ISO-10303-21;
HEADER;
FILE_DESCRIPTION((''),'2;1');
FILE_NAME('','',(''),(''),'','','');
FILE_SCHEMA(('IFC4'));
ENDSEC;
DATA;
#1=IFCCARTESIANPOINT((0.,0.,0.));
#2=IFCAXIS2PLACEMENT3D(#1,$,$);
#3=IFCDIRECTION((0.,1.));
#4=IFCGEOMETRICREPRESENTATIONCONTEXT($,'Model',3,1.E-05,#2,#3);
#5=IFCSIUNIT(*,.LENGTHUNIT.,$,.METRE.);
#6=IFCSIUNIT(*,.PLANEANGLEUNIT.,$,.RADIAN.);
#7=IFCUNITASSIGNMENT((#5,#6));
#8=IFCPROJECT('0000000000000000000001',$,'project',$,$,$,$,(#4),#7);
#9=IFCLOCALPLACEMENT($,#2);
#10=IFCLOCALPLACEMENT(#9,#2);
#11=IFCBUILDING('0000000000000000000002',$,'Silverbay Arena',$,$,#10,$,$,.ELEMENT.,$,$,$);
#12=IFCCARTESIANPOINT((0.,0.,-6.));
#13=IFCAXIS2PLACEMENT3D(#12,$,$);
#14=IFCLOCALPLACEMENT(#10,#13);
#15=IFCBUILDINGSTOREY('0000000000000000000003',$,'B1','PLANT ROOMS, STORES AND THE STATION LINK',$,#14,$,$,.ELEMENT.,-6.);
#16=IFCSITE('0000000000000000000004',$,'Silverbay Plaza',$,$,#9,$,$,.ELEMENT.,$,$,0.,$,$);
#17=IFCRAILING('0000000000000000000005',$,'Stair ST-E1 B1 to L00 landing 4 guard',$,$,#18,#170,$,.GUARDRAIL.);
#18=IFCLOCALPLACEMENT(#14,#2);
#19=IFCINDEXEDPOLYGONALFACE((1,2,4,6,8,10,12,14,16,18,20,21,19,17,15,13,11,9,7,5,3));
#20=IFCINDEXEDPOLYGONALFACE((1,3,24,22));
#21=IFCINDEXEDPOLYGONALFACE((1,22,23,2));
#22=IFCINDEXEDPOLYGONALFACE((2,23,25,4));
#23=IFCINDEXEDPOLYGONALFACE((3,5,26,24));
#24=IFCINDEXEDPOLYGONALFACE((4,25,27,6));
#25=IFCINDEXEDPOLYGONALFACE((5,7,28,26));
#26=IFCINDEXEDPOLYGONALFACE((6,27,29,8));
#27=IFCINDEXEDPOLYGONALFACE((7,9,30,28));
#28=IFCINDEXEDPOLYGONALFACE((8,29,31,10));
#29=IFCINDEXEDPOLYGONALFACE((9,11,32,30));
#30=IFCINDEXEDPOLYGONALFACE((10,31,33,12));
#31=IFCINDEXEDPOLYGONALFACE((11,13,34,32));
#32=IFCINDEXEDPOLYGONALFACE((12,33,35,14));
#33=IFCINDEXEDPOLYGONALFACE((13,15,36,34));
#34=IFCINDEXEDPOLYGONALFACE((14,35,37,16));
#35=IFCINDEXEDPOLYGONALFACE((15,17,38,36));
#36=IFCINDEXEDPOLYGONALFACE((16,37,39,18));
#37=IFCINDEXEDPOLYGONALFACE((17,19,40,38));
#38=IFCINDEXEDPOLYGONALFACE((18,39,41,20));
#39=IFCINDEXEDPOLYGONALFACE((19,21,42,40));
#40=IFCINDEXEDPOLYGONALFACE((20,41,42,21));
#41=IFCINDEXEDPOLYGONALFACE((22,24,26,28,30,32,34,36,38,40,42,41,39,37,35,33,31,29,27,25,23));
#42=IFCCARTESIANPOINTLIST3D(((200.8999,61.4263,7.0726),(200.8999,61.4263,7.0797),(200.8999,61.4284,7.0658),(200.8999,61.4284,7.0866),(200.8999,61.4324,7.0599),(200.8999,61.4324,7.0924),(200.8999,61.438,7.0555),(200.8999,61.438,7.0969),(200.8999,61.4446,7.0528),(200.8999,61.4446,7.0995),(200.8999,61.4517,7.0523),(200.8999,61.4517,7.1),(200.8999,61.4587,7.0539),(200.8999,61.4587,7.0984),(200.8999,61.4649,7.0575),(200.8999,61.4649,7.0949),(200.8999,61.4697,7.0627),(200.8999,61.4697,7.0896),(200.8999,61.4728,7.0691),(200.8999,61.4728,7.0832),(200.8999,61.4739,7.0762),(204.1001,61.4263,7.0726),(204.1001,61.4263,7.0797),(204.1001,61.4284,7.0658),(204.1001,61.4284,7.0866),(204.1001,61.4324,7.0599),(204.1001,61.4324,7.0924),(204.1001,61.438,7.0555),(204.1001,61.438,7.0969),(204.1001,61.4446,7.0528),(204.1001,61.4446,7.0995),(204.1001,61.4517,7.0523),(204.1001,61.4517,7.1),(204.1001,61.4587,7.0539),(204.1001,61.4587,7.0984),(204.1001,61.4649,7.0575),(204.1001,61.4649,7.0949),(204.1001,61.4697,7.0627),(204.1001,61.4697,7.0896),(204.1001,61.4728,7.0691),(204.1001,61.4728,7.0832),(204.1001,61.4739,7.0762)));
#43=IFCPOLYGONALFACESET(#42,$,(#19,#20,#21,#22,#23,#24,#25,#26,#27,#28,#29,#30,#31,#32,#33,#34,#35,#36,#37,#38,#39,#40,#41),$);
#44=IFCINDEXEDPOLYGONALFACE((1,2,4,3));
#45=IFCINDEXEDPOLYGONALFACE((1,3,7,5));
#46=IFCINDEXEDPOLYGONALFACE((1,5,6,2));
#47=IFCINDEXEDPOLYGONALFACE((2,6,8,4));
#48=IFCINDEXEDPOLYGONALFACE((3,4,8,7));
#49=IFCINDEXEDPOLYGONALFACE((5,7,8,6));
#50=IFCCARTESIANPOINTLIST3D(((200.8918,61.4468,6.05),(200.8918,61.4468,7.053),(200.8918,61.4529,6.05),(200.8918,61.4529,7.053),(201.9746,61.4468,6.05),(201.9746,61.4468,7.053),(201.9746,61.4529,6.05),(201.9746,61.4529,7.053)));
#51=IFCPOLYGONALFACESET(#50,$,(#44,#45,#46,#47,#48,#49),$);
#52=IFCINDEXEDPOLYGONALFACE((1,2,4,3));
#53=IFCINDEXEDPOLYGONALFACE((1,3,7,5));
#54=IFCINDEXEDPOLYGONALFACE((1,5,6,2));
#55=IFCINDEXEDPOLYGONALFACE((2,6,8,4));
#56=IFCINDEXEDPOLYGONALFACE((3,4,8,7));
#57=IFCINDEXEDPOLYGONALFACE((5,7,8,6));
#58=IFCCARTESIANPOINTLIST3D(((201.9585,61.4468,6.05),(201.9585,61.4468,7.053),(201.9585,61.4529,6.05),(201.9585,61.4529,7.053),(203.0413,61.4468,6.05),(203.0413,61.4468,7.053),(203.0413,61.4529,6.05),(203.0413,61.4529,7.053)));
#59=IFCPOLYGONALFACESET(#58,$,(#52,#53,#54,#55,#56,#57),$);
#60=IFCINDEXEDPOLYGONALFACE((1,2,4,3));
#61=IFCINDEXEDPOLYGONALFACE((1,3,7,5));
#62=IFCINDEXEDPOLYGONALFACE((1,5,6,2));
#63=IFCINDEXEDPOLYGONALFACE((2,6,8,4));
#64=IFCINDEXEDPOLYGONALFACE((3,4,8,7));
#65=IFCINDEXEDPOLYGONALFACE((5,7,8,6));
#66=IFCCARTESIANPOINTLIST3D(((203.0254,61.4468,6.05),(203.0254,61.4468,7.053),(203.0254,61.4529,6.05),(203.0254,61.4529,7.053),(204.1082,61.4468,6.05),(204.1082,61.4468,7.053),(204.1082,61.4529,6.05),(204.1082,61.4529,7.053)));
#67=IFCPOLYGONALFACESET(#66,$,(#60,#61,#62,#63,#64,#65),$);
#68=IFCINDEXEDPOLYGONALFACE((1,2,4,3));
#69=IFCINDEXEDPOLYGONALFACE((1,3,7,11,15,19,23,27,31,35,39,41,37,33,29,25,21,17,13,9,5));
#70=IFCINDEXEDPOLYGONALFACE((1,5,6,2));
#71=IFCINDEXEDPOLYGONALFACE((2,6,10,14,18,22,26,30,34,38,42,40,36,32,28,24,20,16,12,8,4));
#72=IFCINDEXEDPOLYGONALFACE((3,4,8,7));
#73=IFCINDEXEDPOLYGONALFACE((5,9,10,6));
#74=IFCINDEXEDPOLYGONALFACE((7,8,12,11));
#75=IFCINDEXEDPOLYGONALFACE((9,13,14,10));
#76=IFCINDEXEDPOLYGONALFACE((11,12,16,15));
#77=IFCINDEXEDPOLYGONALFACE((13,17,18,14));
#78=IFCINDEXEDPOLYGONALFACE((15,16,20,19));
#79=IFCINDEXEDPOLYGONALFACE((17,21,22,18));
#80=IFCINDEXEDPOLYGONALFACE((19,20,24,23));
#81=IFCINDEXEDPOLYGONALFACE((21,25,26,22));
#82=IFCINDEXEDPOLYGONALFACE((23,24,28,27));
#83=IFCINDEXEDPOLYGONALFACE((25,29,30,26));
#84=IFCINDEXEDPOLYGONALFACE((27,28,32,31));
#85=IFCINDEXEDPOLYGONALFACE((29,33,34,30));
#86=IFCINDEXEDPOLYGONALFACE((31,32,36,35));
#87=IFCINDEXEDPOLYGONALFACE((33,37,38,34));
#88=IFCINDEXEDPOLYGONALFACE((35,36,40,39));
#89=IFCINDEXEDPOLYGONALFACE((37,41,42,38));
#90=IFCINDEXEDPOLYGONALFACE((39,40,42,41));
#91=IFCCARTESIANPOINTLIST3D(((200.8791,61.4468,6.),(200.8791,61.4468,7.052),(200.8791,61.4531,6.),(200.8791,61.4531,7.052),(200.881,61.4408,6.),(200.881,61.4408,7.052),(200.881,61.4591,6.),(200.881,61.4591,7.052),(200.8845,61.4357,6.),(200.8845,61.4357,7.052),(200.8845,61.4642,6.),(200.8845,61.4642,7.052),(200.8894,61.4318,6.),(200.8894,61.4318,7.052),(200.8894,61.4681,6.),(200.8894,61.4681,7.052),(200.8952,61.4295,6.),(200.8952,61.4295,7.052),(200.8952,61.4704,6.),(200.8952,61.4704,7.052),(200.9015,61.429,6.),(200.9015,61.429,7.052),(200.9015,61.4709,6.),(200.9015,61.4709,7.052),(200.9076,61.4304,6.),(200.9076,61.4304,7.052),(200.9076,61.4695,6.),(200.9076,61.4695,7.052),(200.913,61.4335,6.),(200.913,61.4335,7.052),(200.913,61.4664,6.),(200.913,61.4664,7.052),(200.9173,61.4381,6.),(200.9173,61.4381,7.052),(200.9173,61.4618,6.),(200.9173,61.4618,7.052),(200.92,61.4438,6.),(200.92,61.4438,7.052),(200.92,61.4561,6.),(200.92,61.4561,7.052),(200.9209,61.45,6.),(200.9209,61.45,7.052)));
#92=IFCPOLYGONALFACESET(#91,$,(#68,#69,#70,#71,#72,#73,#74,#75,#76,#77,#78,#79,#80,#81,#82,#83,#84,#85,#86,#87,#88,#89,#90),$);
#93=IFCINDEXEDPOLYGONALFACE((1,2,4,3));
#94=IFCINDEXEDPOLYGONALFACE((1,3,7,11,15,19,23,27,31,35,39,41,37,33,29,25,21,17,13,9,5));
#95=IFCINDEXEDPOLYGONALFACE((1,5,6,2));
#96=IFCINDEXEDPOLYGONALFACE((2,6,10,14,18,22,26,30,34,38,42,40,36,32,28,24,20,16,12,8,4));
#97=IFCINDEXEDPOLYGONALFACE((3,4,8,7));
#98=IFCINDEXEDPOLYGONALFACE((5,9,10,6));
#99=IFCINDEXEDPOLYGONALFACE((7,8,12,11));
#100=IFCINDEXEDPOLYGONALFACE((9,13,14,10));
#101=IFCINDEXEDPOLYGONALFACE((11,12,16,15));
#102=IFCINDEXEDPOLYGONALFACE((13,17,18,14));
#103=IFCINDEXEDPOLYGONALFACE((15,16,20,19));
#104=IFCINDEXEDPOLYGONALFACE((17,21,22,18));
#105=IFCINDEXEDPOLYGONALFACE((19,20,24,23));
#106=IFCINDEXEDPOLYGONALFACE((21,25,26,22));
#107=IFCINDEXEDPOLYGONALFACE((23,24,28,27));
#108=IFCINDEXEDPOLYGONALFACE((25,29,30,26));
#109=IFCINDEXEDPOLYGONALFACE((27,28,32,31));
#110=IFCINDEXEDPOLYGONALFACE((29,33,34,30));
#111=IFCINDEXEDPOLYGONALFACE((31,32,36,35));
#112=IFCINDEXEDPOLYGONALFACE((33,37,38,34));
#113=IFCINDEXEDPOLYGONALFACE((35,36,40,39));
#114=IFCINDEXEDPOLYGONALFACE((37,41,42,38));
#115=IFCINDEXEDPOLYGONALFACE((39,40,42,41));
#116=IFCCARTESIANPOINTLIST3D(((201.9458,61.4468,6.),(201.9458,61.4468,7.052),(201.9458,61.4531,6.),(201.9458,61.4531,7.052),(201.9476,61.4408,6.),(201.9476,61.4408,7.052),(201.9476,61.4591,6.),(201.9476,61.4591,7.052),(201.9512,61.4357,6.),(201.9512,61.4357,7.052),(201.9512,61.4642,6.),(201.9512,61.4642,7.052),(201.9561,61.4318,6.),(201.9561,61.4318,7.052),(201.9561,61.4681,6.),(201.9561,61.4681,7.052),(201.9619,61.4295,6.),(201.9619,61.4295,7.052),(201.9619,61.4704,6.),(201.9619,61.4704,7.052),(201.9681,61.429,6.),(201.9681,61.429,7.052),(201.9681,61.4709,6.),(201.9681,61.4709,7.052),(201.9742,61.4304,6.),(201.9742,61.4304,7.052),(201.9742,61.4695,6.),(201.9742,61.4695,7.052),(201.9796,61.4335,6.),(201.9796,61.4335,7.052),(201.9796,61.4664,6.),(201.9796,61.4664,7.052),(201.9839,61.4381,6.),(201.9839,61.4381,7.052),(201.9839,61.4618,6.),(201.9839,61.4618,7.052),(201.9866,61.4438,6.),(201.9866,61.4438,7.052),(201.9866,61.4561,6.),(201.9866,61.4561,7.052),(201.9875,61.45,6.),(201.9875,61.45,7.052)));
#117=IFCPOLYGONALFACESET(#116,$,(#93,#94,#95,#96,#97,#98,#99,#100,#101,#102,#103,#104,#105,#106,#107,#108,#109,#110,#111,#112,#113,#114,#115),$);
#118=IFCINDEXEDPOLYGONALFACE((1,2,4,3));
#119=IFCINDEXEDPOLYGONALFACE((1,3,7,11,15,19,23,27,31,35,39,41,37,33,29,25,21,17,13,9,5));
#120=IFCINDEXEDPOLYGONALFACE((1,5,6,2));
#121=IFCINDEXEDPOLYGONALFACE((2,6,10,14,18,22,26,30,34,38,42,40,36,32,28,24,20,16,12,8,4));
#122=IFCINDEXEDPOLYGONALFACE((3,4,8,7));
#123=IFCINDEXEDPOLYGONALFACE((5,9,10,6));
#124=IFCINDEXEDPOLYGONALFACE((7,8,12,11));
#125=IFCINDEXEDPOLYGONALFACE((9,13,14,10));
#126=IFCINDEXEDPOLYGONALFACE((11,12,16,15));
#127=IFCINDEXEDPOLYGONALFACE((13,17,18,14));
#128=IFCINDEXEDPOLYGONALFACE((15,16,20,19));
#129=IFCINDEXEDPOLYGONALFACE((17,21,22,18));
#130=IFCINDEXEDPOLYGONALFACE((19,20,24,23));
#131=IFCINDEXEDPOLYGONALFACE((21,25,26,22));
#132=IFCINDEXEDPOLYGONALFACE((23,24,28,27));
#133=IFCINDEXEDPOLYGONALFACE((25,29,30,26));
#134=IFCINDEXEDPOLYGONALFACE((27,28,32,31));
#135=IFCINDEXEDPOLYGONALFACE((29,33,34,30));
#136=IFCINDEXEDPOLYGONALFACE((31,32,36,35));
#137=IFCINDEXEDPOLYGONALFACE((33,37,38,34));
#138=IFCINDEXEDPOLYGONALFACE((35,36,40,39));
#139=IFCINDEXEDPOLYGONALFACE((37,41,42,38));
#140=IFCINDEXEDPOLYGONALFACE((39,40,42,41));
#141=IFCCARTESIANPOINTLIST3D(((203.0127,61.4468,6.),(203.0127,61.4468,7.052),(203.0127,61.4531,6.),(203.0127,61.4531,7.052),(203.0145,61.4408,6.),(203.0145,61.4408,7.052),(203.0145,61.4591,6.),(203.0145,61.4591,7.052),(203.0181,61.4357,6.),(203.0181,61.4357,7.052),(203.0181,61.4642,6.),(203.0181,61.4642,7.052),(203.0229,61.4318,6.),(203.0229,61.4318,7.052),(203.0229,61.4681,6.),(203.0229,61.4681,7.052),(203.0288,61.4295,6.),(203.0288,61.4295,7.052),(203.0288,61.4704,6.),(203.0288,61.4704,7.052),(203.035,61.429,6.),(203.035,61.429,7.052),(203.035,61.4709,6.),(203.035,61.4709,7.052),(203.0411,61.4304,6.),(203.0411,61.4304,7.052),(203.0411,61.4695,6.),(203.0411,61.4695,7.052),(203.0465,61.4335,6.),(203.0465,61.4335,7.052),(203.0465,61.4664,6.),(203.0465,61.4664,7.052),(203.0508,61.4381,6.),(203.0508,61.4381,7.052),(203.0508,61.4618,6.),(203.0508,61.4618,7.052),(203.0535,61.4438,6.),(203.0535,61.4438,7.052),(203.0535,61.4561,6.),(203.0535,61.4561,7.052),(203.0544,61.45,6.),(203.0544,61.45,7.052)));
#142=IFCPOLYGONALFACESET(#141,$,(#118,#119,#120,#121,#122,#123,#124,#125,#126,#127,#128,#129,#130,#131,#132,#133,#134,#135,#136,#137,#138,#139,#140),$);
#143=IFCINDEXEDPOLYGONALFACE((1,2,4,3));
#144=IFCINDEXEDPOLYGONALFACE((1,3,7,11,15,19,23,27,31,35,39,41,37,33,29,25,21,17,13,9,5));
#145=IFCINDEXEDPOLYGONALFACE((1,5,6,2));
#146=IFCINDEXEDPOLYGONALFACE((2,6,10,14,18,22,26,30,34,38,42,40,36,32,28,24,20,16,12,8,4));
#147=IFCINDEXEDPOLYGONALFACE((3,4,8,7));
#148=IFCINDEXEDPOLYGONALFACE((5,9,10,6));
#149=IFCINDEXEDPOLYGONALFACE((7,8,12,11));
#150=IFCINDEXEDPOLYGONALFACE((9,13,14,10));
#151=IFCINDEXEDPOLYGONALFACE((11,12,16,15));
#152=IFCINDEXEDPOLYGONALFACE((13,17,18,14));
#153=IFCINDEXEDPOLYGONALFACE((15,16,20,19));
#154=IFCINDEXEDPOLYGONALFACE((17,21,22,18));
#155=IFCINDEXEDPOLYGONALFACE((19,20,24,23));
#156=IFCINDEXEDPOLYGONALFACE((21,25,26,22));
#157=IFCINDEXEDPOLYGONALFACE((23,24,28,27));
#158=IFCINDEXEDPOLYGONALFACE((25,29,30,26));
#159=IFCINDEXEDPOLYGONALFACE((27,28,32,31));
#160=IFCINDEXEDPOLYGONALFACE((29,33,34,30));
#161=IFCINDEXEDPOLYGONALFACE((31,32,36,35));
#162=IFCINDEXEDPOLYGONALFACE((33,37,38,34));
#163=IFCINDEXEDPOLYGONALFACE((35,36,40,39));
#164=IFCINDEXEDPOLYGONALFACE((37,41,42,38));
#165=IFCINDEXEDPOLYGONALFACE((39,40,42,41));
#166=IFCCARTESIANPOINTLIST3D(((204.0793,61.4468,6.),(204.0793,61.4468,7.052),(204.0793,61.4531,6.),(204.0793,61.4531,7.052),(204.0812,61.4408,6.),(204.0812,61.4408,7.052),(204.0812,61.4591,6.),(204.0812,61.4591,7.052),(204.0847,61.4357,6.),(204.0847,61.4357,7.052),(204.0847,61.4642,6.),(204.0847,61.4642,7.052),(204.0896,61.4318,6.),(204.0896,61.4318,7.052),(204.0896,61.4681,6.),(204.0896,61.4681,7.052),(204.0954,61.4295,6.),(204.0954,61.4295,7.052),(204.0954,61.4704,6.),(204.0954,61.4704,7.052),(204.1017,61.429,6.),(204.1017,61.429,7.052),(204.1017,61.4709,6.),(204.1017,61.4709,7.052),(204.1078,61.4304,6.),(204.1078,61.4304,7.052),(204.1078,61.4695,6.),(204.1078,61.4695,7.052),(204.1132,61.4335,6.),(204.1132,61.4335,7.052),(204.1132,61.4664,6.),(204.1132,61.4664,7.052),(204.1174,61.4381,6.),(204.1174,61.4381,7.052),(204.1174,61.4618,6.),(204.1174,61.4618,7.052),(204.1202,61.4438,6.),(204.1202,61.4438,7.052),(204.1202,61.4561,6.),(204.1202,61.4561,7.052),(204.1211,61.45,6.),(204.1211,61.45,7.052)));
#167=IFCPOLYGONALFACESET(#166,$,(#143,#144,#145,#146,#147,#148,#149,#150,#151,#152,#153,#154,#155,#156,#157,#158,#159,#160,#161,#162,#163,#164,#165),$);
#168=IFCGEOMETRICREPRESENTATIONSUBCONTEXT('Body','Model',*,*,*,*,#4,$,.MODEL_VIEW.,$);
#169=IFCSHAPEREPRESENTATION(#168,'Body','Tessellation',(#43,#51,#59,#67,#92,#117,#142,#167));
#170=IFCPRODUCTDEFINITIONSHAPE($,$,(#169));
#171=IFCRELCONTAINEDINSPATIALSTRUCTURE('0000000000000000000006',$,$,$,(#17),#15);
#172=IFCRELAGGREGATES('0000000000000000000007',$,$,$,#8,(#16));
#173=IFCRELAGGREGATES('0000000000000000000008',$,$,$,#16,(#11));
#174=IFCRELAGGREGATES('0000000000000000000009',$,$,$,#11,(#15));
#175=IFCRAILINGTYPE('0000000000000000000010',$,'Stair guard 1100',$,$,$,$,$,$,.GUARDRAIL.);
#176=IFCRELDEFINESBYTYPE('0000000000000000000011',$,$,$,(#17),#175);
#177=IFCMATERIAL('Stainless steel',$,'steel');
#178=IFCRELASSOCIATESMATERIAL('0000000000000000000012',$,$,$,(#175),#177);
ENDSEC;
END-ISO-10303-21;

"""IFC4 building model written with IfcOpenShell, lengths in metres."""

from ifc_helpers import new_model, si_unit, direction, frame, origin, origin_2d, place, context, subcontext, project, spatial, polyline, circle, outline, extrude, material, type_object, element, save


model = new_model("IFC4")

# Units and contexts
model_context = context("Model", 3, precision=1e-05, world=origin(), true_north=direction((0.0, 1.0)))
body_context = subcontext(model_context, "Body", "Model", "MODEL_VIEW")
ifc_project = project(units=[si_unit("LENGTHUNIT", "METRE"), si_unit("PLANEANGLEUNIT", "RADIAN")], contexts=[model_context])

# Site, building, storey
site_placement = place(None, origin())
site = spatial("IfcSite", under=ifc_project, at=site_placement, Name="Silverbay Plaza", CompositionType="ELEMENT", RefElevation=0.0)
building_placement = place(site_placement, origin())
building = spatial("IfcBuilding", under=site, at=building_placement, Name="Silverbay Arena", CompositionType="ELEMENT")
storey_placement = place(building_placement, frame((0.0, 0.0, -6.0)))
storey = spatial("IfcBuildingStorey", under=building, at=storey_placement, Name="B1", Description="PLANT ROOMS, STORES AND THE STATION LINK", CompositionType="ELEMENT", Elevation=-6.0)

# Railing
ifc_material_1 = material(Name="Stainless steel", Category="steel")
railing_type_1 = type_object("IfcRailingType", Name="Stair guard 1100", PredefinedType="GUARDRAIL", material=ifc_material_1)
for number, where, name in (
    (1, (200.8999, 61.45, 6.0), "Stair ST-E1 B1 to L00 landing 4 guard"),
):
    element("IfcRailing", number, at=place(storey_placement, frame(where)), inside=storey, type_object=railing_type_1, Name=name, PredefinedType="GUARDRAIL", context=body_context, shape_type="SweptSolid", body=[
        extrude(circle(Radius=0.0239, at=origin_2d()), frame((0.0, 0.0, 1.0762), z_axis=(1.0, 0.0, 0.0), x_axis=(0.0, 1.0, 0.0)), (0.0, 0.0, 1.0), 3.2002),
        extrude(outline(polyline([(-0.0081, 0.05), (1.0747, 0.05), (1.0747, 1.053), (-0.0081, 1.053), (-0.0081, 0.05)])), frame((0.0, 0.0029, 0.0), z_axis=(0.0, -1.0, 0.0), x_axis=(1.0, 0.0, 0.0)), (0.0, 0.0, 1.0), 0.0061),
        extrude(outline(polyline([(-0.0081, 0.05), (1.0747, 0.05), (1.0747, 1.053), (-0.0081, 1.053), (-0.0081, 0.05)])), frame((1.0667, 0.0029, 0.0), z_axis=(0.0, -1.0, 0.0), x_axis=(1.0, 0.0, 0.0)), (0.0, 0.0, 1.0), 0.0061),
        extrude(outline(polyline([(-0.0081, 0.05), (1.0747, 0.05), (1.0747, 1.053), (-0.0081, 1.053), (-0.0081, 0.05)])), frame((2.1335, 0.0029, 0.0), z_axis=(0.0, -1.0, 0.0), x_axis=(1.0, 0.0, 0.0)), (0.0, 0.0, 1.0), 0.0061),
        extrude(circle(Radius=0.021, at=origin_2d()), origin(), (0.0, 0.0, 1.0), 1.052),
        extrude(circle(Radius=0.021, at=origin_2d()), frame((1.0667, 0.0, 0.0)), (0.0, 0.0, 1.0), 1.052),
        extrude(circle(Radius=0.021, at=origin_2d()), frame((2.1335, 0.0, 0.0)), (0.0, 0.0, 1.0), 1.052),
        extrude(circle(Radius=0.021, at=origin_2d()), frame((3.2002, 0.0, 0.0)), (0.0, 0.0, 1.0), 1.052),
    ])

save(model, "model.ifc")
